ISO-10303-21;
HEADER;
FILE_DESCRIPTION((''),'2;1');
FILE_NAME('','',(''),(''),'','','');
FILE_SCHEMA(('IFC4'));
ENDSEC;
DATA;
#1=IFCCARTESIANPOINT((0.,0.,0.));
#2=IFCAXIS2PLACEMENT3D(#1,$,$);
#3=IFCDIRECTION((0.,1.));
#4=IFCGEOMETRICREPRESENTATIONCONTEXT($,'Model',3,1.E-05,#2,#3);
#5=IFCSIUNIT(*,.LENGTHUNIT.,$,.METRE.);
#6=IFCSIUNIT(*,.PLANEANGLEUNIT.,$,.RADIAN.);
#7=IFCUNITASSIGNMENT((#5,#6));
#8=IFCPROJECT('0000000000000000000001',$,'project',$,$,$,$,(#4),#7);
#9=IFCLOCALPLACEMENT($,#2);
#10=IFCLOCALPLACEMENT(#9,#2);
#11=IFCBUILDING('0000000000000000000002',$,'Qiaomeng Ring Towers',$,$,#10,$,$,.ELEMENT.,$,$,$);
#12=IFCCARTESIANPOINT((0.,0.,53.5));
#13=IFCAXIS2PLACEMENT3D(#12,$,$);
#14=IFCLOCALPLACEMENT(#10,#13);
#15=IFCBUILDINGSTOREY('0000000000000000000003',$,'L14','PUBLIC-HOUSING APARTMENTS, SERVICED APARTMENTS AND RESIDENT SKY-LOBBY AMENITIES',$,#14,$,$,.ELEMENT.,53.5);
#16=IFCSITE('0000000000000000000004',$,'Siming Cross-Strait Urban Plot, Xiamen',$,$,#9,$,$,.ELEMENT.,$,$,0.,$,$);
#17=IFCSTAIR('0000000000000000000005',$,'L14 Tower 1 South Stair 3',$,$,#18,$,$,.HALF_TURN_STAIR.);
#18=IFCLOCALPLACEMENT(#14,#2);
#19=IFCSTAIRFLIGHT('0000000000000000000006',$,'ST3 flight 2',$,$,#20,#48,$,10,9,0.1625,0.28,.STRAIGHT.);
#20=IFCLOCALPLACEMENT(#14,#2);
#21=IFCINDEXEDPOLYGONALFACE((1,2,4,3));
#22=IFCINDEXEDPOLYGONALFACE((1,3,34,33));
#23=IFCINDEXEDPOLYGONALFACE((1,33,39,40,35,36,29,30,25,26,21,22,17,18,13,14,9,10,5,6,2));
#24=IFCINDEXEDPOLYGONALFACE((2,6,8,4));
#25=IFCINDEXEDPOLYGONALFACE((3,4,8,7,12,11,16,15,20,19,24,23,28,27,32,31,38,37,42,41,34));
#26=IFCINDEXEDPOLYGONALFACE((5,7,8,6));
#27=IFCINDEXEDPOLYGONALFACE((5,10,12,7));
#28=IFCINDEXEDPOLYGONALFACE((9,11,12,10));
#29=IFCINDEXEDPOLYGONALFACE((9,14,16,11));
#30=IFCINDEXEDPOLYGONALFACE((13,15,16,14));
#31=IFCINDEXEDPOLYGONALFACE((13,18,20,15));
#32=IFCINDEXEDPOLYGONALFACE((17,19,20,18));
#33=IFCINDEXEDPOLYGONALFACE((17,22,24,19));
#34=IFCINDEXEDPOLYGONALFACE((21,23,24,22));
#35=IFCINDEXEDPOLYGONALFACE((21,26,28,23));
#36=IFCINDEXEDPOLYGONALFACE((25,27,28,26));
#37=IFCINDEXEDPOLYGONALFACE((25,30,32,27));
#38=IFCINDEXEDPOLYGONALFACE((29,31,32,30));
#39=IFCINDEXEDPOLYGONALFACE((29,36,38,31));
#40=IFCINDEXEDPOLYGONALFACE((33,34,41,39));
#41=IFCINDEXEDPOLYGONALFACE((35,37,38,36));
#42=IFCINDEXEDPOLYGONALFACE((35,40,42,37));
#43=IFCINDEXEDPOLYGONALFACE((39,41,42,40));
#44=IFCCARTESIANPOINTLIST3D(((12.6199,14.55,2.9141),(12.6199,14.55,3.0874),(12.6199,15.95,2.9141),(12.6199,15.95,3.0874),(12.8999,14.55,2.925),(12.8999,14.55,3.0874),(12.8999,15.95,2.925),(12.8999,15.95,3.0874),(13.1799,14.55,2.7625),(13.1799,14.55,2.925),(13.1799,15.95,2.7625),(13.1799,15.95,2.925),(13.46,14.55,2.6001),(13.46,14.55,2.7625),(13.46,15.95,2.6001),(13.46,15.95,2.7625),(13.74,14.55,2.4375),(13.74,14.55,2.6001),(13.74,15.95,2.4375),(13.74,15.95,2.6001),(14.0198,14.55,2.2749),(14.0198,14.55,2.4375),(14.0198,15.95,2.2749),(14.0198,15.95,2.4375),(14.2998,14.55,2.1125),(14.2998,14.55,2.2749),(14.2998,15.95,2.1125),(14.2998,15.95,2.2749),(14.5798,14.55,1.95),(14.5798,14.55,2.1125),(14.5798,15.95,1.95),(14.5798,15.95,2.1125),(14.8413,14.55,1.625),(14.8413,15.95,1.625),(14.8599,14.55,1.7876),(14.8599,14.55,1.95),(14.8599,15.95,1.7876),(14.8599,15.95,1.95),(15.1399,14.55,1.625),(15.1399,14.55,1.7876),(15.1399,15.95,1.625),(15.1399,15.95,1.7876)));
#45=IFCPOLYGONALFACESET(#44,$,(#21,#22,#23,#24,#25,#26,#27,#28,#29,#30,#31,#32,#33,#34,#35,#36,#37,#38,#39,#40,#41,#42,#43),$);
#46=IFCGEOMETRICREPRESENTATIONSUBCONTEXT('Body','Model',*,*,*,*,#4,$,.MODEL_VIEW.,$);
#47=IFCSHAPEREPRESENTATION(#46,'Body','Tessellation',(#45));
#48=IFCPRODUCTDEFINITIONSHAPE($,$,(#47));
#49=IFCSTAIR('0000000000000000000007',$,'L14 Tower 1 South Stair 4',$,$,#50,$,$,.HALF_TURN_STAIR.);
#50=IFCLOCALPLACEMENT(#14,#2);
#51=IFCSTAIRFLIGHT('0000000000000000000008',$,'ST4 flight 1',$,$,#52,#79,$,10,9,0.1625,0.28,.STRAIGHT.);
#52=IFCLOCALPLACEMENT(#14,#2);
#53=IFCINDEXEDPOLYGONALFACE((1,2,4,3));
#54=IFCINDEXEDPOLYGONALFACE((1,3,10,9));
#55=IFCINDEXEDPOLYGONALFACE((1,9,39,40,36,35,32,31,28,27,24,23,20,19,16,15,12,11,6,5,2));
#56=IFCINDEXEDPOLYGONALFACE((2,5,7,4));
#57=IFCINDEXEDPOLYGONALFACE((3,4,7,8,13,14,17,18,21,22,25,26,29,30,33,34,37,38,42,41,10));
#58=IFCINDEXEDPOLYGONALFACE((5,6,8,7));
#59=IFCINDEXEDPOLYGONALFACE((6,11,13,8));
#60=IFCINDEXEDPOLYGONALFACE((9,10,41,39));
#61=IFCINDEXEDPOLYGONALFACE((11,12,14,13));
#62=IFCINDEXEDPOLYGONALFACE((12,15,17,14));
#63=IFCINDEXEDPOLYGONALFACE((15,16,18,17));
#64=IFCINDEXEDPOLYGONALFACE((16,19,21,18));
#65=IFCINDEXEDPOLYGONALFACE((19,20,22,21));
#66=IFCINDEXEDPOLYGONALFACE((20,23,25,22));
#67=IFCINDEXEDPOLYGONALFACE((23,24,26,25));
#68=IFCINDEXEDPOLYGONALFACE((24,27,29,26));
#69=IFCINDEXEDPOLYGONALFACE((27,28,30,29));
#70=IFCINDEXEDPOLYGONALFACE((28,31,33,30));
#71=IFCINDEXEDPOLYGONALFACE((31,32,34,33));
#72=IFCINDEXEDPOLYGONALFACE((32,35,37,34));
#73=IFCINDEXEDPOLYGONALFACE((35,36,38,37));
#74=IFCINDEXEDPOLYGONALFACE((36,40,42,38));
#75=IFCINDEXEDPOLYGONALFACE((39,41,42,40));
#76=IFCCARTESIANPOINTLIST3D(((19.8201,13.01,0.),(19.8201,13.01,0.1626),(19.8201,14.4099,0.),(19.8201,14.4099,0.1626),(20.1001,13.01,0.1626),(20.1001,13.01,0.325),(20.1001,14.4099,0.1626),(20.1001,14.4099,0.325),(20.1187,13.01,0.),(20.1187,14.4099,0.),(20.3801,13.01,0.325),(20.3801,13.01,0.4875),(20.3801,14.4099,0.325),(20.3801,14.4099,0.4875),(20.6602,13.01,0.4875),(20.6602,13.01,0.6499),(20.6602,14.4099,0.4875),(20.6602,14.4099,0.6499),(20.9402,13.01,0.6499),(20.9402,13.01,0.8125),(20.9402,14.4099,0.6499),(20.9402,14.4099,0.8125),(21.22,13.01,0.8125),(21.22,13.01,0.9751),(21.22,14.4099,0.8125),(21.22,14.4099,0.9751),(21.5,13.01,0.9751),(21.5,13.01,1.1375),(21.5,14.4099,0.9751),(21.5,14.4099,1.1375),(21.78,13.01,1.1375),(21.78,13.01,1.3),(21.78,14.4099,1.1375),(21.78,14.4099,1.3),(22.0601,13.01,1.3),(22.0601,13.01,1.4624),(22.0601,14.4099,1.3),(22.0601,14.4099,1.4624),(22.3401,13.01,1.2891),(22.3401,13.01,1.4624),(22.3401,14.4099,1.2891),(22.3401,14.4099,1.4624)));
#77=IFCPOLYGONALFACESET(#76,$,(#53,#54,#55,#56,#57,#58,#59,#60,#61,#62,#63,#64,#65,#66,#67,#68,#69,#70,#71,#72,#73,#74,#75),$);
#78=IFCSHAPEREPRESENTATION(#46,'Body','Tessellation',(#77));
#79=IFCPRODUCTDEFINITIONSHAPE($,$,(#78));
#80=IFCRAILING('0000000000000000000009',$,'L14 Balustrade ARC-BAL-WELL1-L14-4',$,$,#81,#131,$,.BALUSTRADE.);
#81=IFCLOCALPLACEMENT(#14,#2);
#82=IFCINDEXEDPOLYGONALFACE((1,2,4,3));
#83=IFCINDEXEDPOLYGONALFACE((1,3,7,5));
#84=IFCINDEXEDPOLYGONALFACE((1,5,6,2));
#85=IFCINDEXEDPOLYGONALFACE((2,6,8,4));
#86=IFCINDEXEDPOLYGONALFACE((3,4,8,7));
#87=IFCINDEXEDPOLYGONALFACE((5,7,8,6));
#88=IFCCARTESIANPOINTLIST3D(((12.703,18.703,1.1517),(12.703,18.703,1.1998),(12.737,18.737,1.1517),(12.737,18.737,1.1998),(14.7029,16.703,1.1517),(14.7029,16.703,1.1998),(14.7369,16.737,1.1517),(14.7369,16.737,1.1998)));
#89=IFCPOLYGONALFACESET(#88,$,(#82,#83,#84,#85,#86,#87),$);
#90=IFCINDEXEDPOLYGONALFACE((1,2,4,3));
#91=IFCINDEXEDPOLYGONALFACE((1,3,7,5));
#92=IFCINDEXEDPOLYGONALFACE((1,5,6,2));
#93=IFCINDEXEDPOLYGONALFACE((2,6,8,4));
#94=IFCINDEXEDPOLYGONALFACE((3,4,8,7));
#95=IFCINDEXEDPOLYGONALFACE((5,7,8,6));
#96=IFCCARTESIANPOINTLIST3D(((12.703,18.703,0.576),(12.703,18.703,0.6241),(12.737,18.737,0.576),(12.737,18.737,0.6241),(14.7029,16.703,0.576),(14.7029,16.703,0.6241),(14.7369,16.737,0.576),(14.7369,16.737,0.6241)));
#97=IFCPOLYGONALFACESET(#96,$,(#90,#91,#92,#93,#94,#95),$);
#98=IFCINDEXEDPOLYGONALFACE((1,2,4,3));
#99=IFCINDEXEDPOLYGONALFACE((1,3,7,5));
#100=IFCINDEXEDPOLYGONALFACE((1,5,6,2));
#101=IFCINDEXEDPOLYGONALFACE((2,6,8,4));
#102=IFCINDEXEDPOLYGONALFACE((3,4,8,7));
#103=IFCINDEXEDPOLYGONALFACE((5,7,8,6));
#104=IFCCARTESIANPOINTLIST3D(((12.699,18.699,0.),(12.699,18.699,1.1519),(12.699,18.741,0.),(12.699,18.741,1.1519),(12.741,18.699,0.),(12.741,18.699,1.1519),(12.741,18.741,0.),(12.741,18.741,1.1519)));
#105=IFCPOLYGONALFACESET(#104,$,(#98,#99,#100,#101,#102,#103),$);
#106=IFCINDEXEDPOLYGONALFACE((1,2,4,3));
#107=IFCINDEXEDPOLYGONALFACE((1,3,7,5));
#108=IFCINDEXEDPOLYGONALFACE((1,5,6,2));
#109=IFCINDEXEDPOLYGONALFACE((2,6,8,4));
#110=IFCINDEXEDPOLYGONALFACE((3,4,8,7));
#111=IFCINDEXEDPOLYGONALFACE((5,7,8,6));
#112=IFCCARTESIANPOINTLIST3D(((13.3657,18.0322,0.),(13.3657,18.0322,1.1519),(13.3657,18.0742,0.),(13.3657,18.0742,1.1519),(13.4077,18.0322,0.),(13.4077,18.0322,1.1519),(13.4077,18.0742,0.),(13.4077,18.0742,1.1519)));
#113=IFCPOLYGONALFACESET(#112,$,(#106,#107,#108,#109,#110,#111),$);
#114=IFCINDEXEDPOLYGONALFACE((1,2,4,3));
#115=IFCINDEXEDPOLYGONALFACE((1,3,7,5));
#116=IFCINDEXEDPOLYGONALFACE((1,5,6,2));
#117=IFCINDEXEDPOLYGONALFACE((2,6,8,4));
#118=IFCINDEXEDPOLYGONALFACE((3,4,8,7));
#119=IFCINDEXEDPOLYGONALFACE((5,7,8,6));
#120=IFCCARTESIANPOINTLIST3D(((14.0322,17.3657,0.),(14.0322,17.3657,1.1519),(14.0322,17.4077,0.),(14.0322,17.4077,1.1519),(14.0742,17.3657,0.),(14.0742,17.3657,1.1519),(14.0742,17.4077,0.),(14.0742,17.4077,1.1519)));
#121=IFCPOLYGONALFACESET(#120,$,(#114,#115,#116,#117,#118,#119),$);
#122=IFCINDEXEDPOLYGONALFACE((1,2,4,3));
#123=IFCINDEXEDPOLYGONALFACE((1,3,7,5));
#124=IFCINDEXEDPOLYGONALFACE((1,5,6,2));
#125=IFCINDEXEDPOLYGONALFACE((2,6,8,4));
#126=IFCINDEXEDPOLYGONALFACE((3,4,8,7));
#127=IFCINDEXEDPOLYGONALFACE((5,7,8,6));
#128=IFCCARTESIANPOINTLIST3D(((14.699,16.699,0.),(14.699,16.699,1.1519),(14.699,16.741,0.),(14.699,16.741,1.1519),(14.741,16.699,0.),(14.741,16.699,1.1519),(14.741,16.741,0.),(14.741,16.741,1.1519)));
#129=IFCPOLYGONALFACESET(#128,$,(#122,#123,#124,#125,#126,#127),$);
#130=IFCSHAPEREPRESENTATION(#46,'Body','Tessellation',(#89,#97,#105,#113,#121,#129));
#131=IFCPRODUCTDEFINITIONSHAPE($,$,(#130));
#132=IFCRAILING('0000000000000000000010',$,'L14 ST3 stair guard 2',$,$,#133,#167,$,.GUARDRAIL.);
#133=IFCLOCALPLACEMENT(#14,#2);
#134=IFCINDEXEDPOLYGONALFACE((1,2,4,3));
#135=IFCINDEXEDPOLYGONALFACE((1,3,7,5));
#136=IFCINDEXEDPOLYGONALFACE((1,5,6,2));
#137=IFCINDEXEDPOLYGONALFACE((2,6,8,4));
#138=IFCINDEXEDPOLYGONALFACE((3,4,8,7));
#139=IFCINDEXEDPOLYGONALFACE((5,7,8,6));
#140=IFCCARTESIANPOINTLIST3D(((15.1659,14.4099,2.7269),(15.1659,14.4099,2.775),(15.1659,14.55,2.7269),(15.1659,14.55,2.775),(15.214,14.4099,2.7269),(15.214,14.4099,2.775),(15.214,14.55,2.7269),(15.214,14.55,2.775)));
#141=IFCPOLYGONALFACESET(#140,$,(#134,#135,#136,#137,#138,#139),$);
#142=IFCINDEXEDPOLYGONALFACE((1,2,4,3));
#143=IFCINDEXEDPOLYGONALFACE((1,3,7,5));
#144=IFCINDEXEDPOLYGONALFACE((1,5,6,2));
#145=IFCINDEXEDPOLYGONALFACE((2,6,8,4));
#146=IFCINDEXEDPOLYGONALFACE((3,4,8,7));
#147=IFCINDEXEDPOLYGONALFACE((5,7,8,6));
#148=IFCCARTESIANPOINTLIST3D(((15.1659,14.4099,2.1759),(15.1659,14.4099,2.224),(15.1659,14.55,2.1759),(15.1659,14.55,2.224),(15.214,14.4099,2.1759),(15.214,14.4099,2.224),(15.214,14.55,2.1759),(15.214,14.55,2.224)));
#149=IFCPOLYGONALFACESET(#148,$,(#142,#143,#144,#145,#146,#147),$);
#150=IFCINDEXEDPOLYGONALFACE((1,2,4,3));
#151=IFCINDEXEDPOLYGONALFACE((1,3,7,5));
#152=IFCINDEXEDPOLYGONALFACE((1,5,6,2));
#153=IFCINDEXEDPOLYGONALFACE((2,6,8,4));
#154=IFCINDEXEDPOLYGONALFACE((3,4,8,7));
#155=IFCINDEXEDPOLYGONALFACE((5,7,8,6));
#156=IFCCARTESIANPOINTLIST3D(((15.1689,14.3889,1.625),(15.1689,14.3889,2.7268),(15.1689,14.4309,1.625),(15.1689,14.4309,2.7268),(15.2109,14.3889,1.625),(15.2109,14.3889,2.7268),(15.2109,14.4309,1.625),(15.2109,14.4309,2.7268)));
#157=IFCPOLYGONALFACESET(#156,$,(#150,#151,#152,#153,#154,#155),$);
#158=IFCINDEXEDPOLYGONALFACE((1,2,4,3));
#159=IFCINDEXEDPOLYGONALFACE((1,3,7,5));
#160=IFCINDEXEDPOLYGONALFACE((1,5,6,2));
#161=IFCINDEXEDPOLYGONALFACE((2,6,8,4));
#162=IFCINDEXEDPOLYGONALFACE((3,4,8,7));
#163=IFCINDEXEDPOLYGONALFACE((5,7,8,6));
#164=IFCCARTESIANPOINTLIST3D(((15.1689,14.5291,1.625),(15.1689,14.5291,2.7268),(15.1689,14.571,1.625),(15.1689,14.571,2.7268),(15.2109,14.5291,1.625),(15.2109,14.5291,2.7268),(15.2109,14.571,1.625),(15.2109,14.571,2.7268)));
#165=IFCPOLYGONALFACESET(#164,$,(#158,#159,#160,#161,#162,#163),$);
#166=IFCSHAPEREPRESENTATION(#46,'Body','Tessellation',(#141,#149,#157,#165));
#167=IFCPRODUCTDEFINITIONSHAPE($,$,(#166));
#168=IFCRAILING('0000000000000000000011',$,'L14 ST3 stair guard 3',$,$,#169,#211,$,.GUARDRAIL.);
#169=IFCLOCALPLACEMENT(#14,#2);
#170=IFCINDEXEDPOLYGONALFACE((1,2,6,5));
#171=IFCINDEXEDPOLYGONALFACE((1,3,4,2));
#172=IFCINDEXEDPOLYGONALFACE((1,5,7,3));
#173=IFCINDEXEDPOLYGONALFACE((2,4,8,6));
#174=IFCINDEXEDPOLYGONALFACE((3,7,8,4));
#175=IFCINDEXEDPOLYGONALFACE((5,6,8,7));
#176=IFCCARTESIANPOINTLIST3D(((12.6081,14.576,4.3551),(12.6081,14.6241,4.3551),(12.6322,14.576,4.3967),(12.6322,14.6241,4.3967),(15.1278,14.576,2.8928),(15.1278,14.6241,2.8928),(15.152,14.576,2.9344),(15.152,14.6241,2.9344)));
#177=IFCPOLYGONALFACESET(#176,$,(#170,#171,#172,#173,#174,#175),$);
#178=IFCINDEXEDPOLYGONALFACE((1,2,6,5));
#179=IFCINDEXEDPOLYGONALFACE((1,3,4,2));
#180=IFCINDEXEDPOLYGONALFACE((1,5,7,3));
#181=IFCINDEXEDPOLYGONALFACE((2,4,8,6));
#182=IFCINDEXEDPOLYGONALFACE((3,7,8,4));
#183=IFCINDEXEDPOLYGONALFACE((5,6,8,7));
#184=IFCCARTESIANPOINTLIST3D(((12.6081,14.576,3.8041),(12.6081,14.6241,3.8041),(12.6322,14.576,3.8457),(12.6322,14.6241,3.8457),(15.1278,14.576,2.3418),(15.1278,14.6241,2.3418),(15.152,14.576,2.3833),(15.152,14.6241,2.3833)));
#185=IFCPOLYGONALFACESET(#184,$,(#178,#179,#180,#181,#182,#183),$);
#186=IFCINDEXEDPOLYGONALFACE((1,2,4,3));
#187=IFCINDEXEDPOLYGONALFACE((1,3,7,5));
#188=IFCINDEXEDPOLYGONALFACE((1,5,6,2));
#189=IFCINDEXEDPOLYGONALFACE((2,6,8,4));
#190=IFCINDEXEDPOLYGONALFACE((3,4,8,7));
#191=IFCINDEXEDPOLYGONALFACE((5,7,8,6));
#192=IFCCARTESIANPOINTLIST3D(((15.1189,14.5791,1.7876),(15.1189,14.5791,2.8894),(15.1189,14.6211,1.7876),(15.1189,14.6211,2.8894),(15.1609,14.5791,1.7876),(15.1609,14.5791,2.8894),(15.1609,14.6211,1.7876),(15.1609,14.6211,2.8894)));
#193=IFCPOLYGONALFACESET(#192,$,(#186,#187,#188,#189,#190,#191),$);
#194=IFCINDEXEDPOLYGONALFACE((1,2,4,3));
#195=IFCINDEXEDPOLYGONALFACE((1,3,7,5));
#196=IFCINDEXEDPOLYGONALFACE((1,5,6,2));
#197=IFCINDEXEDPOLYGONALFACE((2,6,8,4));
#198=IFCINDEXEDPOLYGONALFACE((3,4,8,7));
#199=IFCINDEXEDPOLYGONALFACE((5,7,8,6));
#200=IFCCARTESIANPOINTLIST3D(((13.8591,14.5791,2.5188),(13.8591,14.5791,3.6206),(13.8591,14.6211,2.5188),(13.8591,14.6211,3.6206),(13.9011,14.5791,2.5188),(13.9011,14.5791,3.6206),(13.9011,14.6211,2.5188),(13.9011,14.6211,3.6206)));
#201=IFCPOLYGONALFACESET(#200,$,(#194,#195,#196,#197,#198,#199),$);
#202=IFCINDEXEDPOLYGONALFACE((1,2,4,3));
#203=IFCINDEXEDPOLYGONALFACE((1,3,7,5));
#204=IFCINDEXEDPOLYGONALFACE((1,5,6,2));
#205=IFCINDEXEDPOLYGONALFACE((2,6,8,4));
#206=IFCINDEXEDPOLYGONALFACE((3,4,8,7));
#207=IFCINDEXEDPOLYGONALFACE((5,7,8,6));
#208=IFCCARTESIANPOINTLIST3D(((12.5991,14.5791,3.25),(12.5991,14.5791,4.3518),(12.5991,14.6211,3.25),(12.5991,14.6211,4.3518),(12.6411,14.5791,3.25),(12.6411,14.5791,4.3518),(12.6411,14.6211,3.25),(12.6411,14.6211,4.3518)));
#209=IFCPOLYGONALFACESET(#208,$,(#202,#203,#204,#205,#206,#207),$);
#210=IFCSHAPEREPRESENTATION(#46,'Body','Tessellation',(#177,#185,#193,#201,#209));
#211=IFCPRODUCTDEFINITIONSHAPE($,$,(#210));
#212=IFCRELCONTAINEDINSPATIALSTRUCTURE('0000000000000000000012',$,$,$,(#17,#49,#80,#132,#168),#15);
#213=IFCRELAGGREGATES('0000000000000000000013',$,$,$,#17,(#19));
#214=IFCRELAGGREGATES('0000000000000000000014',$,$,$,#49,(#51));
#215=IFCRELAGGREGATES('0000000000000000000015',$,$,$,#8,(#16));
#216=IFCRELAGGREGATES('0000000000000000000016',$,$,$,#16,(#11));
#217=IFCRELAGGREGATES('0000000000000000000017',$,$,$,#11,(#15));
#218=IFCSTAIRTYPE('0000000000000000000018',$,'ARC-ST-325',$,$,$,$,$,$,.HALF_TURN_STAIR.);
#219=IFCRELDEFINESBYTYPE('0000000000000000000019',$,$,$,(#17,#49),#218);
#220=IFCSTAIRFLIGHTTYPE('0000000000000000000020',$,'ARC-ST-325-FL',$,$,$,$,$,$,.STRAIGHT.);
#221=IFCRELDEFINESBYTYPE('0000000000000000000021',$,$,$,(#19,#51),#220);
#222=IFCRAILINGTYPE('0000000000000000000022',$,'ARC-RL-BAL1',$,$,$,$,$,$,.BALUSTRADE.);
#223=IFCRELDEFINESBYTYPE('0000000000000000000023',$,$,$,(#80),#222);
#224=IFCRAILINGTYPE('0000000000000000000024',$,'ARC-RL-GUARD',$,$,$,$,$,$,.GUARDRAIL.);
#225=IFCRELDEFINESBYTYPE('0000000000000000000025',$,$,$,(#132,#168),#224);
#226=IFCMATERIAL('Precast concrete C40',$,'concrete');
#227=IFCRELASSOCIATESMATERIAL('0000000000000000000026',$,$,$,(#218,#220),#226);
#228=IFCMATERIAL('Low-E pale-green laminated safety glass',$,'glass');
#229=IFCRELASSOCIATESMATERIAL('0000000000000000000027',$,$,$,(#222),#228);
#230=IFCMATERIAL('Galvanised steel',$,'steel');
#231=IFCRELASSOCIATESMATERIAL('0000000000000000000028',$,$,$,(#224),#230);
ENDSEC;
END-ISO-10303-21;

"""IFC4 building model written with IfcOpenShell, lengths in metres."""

from ifc_helpers import new_model, si_unit, direction, frame, origin, origin_2d, place, context, subcontext, project, spatial, polyline, rectangle, outline, extrude, source, transform, mapped, material, type_object, element, aggregate, save


model = new_model("IFC4")

# Units and contexts
model_context = context("Model", 3, precision=1e-05, world=origin(), true_north=direction((0.0, 1.0)))
body_context = subcontext(model_context, "Body", "Model", "MODEL_VIEW")
ifc_project = project(units=[si_unit("LENGTHUNIT", "METRE"), si_unit("PLANEANGLEUNIT", "RADIAN")], contexts=[model_context])

# Site, building, storey
site_placement = place(None, origin())
site = spatial("IfcSite", under=ifc_project, at=site_placement, Name="Siming Cross-Strait Urban Plot, Xiamen", CompositionType="ELEMENT", RefElevation=0.0)
building_placement = place(site_placement, origin())
building = spatial("IfcBuilding", under=site, at=building_placement, Name="Qiaomeng Ring Towers", CompositionType="ELEMENT")
storey_placement = place(building_placement, frame((0.0, 0.0, 53.5)))
storey = spatial("IfcBuildingStorey", under=building, at=storey_placement, Name="L14", Description="PUBLIC-HOUSING APARTMENTS, SERVICED APARTMENTS AND RESIDENT SKY-LOBBY AMENITIES", CompositionType="ELEMENT", Elevation=53.5)

# Shared definitions
ifc_material_1 = material(Name="Galvanised steel", Category="steel")

# Stairs, stair flights
ifc_material_2 = material(Name="Precast concrete C40", Category="concrete")
stair_type = type_object("IfcStairType", Name="ARC-ST-325", PredefinedType="HALF_TURN_STAIR", material=ifc_material_2)
stair_1_placement = place(storey_placement, origin())
stair_1 = element("IfcStair", 1, at=stair_1_placement, inside=storey, type_object=stair_type, Name="L14 Tower 1 South Stair 3", PredefinedType="HALF_TURN_STAIR")
stair_flight_type = type_object("IfcStairFlightType", Name="ARC-ST-325-FL", PredefinedType="STRAIGHT", material=ifc_material_2)
shared_shape_1 = source(origin(), body_context, "Body", "SweptSolid", [
    extrude(outline(polyline([(0.0, 0.0), (0.0, 0.1626), (0.28, 0.1626), (0.28, 0.325), (0.5601, 0.325), (0.5601, 0.4875), (0.8401, 0.4875), (0.8401, 0.6499), (1.1201, 0.6499), (1.1201, 0.8125), (1.3999, 0.8125), (1.3999, 0.9751), (1.6799, 0.9751), (1.6799, 1.1375), (1.96, 1.1375), (1.96, 1.3), (2.24, 1.3), (2.24, 1.4624), (2.52, 1.4624), (2.52, 1.625), (2.52, 1.2891), (0.2986, 0.0), (0.0, 0.0)])), frame((0.0, 0.7, 0.0), z_axis=(0.0, -1.0, 0.0), x_axis=(1.0, 0.0, 0.0)), (0.0, 0.0, 1.0), 1.3999),
])
stair_flight_1_placement = place(storey_placement, frame((15.1399, 15.25, 1.625), z_axis=(0.0, 0.0, 1.0), x_axis=(-1.0, 0.0, 0.0)))
stair_flight_1 = element("IfcStairFlight", 2, at=stair_flight_1_placement, type_object=stair_flight_type, Name="ST3 flight 2", NumberOfRisers=10, NumberOfTreads=9, PredefinedType="STRAIGHT", RiserHeight=0.1625, TreadLength=0.28, context=body_context, shape_type="MappedRepresentation", body=[
    mapped(shared_shape_1, transform((0.0, 0.0, 0.0), x_axis=(1.0, 0.0, 0.0), y_axis=(0.0, 1.0, 0.0), z_axis=(0.0, 0.0, 1.0), scale=1.0)),
])
aggregate(stair_1, [stair_flight_1])
stair_2_placement = place(storey_placement, origin())
stair_2 = element("IfcStair", 3, at=stair_2_placement, inside=storey, type_object=stair_type, Name="L14 Tower 1 South Stair 4", PredefinedType="HALF_TURN_STAIR")
stair_flight_2_placement = place(storey_placement, frame((19.8201, 13.71, 0.0), z_axis=(0.0, 0.0, 1.0), x_axis=(1.0, 0.0, 0.0)))
stair_flight_2 = element("IfcStairFlight", 4, at=stair_flight_2_placement, type_object=stair_flight_type, Name="ST4 flight 1", NumberOfRisers=10, NumberOfTreads=9, PredefinedType="STRAIGHT", RiserHeight=0.1625, TreadLength=0.28, context=body_context, shape_type="MappedRepresentation", body=[
    mapped(shared_shape_1, transform((0.0, 0.0, 0.0), x_axis=(1.0, 0.0, 0.0), y_axis=(0.0, 1.0, 0.0), z_axis=(0.0, 0.0, 1.0), scale=1.0)),
])
aggregate(stair_2, [stair_flight_2])

# Railings
ifc_material_3 = material(Name="Low-E pale-green laminated safety glass", Category="glass")
railing_type_1 = type_object("IfcRailingType", Name="ARC-RL-BAL1", PredefinedType="BALUSTRADE", material=ifc_material_3)
railing_1_placement = place(storey_placement, frame((12.72, 18.72, 0.0)))
element("IfcRailing", 5, at=railing_1_placement, inside=storey, type_object=railing_type_1, Name="L14 Balustrade ARC-BAL-WELL1-L14-4", PredefinedType="BALUSTRADE", context=body_context, shape_type="SweptSolid", body=[
    extrude(rectangle(XDim=0.0481, YDim=0.0481, at=origin_2d()), frame((0.0, 0.0, 1.1758), z_axis=(0.707107, -0.707107, 0.0), x_axis=(0.707107, 0.707107, 0.0)), (0.0, 0.0, 1.0), 2.8284),
    extrude(rectangle(XDim=0.0481, YDim=0.0481, at=origin_2d()), frame((0.0, 0.0, 0.6001), z_axis=(0.707107, -0.707107, 0.0), x_axis=(0.707107, 0.707107, 0.0)), (0.0, 0.0, 1.0), 2.8284),
    extrude(rectangle(XDim=0.042, YDim=0.042, at=origin_2d()), origin(), (0.0, 0.0, 1.0), 1.1519),
    extrude(rectangle(XDim=0.042, YDim=0.042, at=origin_2d()), frame((0.6667, -0.6667, 0.0)), (0.0, 0.0, 1.0), 1.1519),
    extrude(rectangle(XDim=0.042, YDim=0.042, at=origin_2d()), frame((1.3333, -1.3333, 0.0)), (0.0, 0.0, 1.0), 1.1519),
    extrude(rectangle(XDim=0.042, YDim=0.042, at=origin_2d()), frame((2.0, -2.0, 0.0)), (0.0, 0.0, 1.0), 1.1519),
])
railing_type_2 = type_object("IfcRailingType", Name="ARC-RL-GUARD", PredefinedType="GUARDRAIL", material=ifc_material_1)
railing_2_placement = place(storey_placement, frame((15.1899, 14.4099, 1.625)))
element("IfcRailing", 6, at=railing_2_placement, inside=storey, type_object=railing_type_2, Name="L14 ST3 stair guard 2", PredefinedType="GUARDRAIL", context=body_context, shape_type="SweptSolid", body=[
    extrude(rectangle(XDim=0.0481, YDim=0.0481, at=origin_2d()), frame((0.0, 0.0, 1.126), z_axis=(0.0, 1.0, 0.0), x_axis=(-1.0, 0.0, 0.0)), (0.0, 0.0, 1.0), 0.1401),
    extrude(rectangle(XDim=0.0481, YDim=0.0481, at=origin_2d()), frame((0.0, 0.0, 0.575), z_axis=(0.0, 1.0, 0.0), x_axis=(-1.0, 0.0, 0.0)), (0.0, 0.0, 1.0), 0.1401),
    extrude(rectangle(XDim=0.042, YDim=0.042, at=origin_2d()), origin(), (0.0, 0.0, 1.0), 1.1018),
    extrude(rectangle(XDim=0.042, YDim=0.042, at=origin_2d()), frame((0.0, 0.1401, 0.0)), (0.0, 0.0, 1.0), 1.1018),
])
railing_3_placement = place(storey_placement, frame((15.1399, 14.6001, 1.7876)))
element("IfcRailing", 7, at=railing_3_placement, inside=storey, type_object=railing_type_2, Name="L14 ST3 stair guard 3", PredefinedType="GUARDRAIL", context=body_context, shape_type="SweptSolid", body=[
    extrude(rectangle(XDim=0.0481, YDim=0.0481, at=origin_2d()), frame((0.0, 0.0, 1.126), z_axis=(-0.864892, 0.0, 0.501958), x_axis=(0.0, -1.0, 0.0)), (0.0, 0.0, 1.0), 2.9133),
    extrude(rectangle(XDim=0.0481, YDim=0.0481, at=origin_2d()), frame((0.0, 0.0, 0.575), z_axis=(-0.864892, 0.0, 0.501958), x_axis=(0.0, -1.0, 0.0)), (0.0, 0.0, 1.0), 2.9133),
    extrude(rectangle(XDim=0.042, YDim=0.042, at=origin_2d()), origin(), (0.0, 0.0, 1.0), 1.1018),
    extrude(rectangle(XDim=0.042, YDim=0.042, at=origin_2d()), frame((-1.2598, 0.0, 0.7312)), (0.0, 0.0, 1.0), 1.1018),
    extrude(rectangle(XDim=0.042, YDim=0.042, at=origin_2d()), frame((-2.5198, 0.0, 1.4624)), (0.0, 0.0, 1.0), 1.1018),
])

save(model, "model.ifc")
